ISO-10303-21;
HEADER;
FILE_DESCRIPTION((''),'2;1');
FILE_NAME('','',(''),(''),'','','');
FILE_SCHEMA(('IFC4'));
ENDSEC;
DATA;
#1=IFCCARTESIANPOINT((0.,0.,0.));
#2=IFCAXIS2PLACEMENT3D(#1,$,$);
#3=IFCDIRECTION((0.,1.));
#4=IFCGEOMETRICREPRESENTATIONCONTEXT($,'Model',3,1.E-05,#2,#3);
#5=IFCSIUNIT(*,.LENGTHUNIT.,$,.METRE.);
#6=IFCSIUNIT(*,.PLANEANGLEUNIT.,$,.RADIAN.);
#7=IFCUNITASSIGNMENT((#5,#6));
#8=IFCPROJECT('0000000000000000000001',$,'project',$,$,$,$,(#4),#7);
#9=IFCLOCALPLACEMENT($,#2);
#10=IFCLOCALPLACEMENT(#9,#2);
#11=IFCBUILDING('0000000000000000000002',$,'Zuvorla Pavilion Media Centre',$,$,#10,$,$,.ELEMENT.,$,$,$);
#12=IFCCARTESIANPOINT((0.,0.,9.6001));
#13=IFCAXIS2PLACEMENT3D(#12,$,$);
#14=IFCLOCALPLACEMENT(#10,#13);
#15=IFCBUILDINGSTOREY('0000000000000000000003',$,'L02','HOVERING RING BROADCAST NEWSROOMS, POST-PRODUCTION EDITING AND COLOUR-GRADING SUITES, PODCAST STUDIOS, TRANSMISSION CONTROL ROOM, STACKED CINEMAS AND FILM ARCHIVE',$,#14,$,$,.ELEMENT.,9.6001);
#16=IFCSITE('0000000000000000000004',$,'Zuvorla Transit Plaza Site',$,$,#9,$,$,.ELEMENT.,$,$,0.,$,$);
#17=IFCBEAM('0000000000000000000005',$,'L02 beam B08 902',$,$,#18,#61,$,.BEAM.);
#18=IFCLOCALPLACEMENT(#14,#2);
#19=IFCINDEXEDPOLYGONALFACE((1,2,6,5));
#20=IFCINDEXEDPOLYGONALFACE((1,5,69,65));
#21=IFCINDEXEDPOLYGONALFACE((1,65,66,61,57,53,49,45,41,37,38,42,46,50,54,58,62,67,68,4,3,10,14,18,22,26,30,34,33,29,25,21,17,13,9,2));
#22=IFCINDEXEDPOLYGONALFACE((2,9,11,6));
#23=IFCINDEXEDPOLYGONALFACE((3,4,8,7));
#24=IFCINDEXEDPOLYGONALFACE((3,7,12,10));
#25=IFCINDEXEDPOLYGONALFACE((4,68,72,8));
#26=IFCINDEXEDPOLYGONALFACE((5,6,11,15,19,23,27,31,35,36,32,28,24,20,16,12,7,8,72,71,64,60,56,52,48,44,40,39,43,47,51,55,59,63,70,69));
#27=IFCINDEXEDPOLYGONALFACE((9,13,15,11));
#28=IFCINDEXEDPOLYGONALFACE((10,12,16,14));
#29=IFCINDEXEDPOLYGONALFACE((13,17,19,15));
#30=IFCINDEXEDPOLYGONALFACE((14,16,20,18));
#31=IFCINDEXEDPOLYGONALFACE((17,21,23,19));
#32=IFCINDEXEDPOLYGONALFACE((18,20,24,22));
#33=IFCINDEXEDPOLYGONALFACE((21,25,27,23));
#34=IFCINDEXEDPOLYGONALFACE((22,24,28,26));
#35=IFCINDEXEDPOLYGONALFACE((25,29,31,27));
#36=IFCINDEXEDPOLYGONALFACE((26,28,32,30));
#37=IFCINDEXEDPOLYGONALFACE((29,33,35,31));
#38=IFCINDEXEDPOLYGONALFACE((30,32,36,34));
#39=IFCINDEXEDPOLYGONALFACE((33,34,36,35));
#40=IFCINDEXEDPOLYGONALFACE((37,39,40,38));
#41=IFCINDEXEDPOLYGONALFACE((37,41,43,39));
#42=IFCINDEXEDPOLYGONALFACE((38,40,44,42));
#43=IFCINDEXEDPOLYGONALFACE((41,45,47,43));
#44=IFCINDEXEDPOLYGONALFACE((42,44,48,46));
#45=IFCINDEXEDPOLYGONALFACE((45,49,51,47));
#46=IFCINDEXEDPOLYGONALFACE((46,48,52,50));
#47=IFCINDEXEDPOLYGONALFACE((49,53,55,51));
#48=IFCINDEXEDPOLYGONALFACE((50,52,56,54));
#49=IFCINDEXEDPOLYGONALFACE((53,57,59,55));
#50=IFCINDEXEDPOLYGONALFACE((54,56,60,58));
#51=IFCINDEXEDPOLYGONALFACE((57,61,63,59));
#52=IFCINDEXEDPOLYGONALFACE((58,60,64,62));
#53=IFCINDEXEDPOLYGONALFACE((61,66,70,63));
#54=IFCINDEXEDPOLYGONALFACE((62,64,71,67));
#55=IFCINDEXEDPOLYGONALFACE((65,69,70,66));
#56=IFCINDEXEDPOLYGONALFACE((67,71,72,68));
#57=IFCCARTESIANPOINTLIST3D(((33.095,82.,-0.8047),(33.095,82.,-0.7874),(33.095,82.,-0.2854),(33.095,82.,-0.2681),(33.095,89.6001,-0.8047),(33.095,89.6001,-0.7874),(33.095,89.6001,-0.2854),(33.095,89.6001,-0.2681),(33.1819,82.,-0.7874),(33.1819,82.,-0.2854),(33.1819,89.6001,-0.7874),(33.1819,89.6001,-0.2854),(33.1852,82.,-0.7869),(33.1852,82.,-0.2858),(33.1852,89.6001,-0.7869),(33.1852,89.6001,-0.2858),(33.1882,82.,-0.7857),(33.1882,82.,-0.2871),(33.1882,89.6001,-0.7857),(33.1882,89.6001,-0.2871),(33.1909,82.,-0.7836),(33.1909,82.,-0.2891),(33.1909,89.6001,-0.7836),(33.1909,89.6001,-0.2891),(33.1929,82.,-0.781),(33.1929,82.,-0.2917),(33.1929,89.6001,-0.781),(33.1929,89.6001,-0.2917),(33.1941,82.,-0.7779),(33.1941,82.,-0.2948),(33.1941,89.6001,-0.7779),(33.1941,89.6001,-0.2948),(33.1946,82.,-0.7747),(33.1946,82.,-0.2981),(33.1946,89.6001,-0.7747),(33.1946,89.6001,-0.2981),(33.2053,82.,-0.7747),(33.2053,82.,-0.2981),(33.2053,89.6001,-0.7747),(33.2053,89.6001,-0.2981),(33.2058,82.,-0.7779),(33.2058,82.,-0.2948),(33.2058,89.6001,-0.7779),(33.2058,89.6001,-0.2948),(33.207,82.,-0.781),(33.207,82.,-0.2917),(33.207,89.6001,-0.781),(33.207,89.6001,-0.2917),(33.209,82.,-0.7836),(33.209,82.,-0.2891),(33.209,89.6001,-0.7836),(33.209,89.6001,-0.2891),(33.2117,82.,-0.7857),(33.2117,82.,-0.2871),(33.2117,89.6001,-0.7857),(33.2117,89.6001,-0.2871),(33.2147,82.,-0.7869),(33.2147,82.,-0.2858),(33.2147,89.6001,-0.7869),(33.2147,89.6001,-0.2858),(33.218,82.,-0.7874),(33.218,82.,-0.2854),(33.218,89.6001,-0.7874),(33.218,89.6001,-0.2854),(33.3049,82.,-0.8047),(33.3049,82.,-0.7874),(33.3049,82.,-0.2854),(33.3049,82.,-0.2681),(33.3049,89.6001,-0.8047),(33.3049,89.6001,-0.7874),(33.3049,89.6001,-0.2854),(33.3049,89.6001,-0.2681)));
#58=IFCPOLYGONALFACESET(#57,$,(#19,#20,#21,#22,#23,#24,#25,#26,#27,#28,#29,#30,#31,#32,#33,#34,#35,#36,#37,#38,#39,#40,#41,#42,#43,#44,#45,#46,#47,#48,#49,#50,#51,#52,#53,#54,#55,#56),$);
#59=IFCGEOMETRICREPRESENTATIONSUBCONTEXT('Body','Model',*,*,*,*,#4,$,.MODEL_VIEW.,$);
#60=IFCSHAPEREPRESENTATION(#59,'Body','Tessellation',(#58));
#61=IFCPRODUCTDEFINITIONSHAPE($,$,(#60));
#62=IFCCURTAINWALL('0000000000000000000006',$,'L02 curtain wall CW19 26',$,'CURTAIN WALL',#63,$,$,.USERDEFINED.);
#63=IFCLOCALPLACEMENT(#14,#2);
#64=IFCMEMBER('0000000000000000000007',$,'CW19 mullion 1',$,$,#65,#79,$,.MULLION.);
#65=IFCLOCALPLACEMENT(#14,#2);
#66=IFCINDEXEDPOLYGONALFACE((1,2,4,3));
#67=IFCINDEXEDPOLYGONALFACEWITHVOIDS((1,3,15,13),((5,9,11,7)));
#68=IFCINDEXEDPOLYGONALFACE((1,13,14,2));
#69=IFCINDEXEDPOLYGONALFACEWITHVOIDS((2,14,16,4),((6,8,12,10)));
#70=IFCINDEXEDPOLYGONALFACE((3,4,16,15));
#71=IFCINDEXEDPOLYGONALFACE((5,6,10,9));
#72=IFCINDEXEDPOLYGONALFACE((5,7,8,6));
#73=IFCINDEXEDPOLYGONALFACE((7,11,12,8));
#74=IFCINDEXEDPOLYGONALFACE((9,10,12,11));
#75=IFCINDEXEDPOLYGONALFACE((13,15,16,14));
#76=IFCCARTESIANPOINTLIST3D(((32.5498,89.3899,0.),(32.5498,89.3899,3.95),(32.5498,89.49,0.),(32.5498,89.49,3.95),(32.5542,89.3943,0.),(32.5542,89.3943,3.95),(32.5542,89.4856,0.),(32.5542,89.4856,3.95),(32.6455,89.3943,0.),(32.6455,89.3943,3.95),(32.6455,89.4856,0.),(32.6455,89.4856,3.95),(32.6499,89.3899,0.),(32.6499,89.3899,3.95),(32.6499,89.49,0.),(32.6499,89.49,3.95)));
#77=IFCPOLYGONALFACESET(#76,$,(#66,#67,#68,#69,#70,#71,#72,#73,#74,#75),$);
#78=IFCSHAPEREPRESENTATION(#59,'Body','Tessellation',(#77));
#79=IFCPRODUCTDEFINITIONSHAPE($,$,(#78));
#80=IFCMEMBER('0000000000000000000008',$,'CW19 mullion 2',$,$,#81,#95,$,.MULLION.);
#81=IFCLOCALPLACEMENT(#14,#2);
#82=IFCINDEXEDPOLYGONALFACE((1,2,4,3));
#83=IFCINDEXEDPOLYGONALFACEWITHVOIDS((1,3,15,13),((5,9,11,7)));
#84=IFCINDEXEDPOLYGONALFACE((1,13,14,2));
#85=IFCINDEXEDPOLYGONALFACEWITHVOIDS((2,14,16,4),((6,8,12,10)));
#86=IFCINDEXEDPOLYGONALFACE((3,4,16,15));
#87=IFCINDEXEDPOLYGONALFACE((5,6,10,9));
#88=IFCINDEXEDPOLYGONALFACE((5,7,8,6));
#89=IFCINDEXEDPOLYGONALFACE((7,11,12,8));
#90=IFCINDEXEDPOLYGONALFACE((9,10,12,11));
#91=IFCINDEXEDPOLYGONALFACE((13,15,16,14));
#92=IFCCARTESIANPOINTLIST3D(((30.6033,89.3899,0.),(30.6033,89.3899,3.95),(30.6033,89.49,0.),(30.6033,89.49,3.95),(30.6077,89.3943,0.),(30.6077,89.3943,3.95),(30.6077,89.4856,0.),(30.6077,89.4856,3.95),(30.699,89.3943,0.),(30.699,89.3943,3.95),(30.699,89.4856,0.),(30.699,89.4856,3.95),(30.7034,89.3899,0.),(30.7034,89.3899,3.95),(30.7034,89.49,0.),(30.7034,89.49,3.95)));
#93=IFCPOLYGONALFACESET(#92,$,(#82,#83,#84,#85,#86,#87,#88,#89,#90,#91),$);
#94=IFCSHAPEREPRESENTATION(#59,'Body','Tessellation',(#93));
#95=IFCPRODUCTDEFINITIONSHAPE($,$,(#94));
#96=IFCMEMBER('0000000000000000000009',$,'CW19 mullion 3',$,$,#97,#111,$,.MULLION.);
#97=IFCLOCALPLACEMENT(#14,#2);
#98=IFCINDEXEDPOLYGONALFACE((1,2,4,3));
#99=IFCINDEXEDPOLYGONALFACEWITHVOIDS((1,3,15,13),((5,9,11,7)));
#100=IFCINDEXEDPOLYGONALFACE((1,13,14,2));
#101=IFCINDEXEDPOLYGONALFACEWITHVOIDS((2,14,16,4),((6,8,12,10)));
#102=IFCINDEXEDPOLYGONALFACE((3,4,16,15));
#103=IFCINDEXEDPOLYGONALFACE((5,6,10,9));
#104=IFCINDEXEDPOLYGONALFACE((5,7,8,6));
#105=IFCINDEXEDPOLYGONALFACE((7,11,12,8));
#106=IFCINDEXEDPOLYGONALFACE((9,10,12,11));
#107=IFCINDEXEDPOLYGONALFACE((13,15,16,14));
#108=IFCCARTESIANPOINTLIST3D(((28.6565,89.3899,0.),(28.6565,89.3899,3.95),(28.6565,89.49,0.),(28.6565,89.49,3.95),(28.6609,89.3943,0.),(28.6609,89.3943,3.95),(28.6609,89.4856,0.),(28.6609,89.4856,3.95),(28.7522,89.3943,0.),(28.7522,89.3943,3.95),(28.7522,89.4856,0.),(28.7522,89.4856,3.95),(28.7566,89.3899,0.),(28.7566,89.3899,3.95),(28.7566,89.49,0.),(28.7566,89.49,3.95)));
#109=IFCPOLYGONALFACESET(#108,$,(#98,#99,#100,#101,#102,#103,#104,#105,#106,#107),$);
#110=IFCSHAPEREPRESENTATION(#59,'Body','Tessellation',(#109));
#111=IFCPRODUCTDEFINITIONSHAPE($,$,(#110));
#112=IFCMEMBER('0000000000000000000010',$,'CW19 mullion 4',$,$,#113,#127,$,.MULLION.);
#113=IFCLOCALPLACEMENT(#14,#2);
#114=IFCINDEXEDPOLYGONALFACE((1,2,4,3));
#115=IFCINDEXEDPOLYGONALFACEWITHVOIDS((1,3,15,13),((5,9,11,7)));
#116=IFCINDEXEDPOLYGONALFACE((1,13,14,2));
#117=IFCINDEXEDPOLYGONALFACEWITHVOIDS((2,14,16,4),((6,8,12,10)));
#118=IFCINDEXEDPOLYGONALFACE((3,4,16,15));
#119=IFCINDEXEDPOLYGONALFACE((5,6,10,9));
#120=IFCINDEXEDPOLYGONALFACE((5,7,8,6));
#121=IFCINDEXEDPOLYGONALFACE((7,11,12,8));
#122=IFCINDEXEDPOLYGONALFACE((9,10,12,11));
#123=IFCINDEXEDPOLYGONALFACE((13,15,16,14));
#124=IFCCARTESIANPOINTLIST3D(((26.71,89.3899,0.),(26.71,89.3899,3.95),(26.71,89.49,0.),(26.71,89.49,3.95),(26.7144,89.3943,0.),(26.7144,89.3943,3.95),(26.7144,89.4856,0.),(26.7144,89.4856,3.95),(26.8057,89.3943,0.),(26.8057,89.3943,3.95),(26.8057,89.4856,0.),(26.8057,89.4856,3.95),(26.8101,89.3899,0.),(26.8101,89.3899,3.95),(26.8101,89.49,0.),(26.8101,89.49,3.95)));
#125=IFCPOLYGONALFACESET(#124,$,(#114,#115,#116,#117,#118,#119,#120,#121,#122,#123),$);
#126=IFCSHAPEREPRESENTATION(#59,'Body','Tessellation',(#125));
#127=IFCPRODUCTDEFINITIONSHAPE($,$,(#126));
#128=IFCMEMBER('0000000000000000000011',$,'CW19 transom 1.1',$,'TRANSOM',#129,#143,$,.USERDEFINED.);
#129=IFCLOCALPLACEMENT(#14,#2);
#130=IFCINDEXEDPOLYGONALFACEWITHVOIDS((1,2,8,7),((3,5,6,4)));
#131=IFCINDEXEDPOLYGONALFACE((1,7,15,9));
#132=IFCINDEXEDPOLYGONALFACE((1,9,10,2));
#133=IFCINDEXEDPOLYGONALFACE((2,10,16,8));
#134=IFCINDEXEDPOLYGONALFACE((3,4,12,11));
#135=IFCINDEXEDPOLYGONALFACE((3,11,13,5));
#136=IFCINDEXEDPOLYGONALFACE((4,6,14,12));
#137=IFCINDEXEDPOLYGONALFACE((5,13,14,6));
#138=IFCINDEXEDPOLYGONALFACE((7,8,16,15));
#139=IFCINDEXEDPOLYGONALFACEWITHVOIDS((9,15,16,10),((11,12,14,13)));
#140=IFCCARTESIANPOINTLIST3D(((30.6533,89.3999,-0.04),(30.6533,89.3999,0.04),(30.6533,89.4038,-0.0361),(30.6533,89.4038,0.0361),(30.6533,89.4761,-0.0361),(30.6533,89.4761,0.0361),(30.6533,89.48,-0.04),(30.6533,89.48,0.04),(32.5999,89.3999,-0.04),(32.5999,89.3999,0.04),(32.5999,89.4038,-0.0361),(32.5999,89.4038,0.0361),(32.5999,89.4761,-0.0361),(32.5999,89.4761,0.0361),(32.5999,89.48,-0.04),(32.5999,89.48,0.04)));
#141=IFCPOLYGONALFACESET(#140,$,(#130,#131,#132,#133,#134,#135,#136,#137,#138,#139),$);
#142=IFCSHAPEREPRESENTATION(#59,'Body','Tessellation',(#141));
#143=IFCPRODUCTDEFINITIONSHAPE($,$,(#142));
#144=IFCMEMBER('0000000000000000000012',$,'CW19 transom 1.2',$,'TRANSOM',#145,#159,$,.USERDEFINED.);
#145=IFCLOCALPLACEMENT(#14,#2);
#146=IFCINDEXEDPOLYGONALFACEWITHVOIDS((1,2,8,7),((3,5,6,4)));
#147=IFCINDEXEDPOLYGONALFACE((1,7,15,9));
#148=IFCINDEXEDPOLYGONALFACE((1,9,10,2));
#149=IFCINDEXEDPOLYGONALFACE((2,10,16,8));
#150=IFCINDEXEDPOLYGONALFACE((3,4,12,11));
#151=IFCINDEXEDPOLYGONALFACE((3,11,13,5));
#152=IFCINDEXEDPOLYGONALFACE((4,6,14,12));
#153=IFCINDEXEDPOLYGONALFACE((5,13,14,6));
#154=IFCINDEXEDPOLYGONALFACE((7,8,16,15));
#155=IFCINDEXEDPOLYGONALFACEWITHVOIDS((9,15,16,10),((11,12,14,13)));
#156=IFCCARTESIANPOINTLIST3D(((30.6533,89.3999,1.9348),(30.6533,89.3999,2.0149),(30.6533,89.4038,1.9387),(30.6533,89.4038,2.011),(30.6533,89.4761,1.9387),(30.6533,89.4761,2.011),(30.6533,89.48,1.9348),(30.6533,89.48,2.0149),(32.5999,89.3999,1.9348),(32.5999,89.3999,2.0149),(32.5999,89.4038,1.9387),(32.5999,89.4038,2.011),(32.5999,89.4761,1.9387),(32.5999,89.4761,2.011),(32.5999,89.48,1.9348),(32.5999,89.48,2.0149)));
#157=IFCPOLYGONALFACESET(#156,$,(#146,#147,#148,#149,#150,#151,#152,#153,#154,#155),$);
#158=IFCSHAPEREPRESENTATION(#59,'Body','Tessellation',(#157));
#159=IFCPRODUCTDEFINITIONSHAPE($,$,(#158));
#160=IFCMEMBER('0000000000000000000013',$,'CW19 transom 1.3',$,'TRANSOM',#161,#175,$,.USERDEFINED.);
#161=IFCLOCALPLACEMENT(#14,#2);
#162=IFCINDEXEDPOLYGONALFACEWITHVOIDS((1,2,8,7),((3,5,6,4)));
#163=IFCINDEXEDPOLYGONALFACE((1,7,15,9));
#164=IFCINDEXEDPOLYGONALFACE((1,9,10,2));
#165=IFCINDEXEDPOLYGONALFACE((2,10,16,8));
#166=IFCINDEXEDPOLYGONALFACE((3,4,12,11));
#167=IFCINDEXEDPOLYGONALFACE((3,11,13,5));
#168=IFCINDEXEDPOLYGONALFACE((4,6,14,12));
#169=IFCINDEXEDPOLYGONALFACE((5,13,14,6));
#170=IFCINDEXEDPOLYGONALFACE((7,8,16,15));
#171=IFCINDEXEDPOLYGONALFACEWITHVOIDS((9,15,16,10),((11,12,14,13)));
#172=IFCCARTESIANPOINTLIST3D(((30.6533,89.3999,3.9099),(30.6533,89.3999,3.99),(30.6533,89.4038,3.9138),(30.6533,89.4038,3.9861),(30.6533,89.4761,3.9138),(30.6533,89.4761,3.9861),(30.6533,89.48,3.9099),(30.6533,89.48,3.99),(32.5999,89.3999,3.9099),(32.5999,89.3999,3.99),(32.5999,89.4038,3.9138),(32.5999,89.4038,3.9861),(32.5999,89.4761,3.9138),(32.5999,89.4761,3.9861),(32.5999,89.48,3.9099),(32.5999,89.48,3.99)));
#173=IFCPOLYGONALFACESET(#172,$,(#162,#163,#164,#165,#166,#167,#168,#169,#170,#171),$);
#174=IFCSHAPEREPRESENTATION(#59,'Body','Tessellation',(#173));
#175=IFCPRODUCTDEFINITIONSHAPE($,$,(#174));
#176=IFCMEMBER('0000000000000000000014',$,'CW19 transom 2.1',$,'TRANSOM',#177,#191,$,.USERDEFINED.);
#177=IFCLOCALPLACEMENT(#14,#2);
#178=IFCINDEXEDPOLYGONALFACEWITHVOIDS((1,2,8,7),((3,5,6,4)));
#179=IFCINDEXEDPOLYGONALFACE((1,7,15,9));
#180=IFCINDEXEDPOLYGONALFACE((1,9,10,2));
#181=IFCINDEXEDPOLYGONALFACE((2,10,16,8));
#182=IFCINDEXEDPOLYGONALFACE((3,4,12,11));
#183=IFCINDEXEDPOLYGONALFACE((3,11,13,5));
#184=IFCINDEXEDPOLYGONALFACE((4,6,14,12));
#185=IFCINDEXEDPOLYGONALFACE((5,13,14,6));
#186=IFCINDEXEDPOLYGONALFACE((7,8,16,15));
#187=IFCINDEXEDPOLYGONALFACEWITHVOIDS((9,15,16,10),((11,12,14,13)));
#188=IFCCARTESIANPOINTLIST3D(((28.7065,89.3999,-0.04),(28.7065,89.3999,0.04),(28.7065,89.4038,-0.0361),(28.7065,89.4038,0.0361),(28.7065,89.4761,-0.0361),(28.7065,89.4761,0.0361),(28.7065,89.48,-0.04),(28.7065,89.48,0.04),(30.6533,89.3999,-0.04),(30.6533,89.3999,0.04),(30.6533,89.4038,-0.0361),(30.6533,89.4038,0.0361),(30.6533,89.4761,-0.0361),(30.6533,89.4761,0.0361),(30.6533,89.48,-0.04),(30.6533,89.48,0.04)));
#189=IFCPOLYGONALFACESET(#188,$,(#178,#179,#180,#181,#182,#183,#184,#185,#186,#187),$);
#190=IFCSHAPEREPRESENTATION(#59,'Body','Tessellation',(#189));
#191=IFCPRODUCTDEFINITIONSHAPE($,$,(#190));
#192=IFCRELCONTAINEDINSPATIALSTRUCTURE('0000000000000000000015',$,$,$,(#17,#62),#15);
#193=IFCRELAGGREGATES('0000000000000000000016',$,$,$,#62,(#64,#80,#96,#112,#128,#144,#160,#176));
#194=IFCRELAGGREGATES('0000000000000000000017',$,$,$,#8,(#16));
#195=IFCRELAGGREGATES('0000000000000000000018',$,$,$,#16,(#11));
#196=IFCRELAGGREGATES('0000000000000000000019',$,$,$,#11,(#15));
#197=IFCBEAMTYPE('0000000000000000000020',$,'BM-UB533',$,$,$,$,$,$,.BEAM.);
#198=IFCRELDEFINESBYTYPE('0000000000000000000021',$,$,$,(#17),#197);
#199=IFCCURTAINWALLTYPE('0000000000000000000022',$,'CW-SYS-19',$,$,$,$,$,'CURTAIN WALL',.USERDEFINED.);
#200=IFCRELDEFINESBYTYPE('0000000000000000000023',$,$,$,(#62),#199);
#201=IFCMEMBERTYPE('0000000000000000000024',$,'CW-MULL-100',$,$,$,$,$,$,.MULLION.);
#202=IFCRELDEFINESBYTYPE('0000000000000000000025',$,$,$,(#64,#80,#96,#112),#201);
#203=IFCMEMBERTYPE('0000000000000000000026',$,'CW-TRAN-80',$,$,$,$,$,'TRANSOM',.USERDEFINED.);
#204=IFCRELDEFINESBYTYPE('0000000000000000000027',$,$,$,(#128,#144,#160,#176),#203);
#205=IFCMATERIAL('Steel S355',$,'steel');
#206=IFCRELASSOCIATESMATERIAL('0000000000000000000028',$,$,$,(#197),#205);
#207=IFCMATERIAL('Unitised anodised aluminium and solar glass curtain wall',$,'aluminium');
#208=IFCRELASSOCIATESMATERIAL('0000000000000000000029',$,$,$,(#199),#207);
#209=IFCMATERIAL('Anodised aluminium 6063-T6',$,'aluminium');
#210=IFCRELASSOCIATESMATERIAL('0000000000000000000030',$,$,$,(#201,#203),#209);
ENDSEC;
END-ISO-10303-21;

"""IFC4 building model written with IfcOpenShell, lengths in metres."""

from ifc_helpers import new_model, si_unit, direction, frame, origin, origin_2d, place, context, subcontext, project, spatial, hollow_rectangle, i_section, extrude, material, material_profile, profile_set, type_object, element, aggregate, save


model = new_model("IFC4")

# Units and contexts
model_context = context("Model", 3, precision=1e-05, world=origin(), true_north=direction((0.0, 1.0)))
body_context = subcontext(model_context, "Body", "Model", "MODEL_VIEW")
ifc_project = project(units=[si_unit("LENGTHUNIT", "METRE"), si_unit("PLANEANGLEUNIT", "RADIAN")], contexts=[model_context])

# Site, building, storey
site_placement = place(None, origin())
site = spatial("IfcSite", under=ifc_project, at=site_placement, Name="Zuvorla Transit Plaza Site", CompositionType="ELEMENT", RefElevation=0.0)
building_placement = place(site_placement, origin())
building = spatial("IfcBuilding", under=site, at=building_placement, Name="Zuvorla Pavilion Media Centre", CompositionType="ELEMENT")
storey_placement = place(building_placement, frame((0.0, 0.0, 9.6001)))
storey = spatial("IfcBuildingStorey", under=building, at=storey_placement, Name="L02", Description="HOVERING RING BROADCAST NEWSROOMS, POST-PRODUCTION EDITING AND COLOUR-GRADING SUITES, PODCAST STUDIOS, TRANSMISSION CONTROL ROOM, STACKED CINEMAS AND FILM ARCHIVE", CompositionType="ELEMENT", Elevation=9.6001)

# Shared definitions
ifc_material_1 = material(Name="Steel S355", Category="steel")

# Beam
ifc_material_profile_1 = material_profile(ifc_material_1, i_section(OverallWidth=0.21, OverallDepth=0.5366, WebThickness=0.0107, FlangeThickness=0.0173, FilletRadius=0.0127, at=origin_2d()), Name="UB 533x210x101")
ifc_profile_set_1 = profile_set([ifc_material_profile_1], Name="Steel S355")
beam_type_1 = type_object("IfcBeamType", Name="BM-UB533", PredefinedType="BEAM", material=ifc_profile_set_1)
beam_1_placement = place(storey_placement, frame((33.2, 82.0, -0.5364), z_axis=(0.0, 1.0, 0.0), x_axis=(-1.0, 0.0, 0.0)))
element("IfcBeam", 1, at=beam_1_placement, inside=storey, type_object=beam_type_1, Name="L02 beam B08 902", PredefinedType="BEAM", context=body_context, shape_type="SweptSolid", body=[
    extrude(i_section(OverallWidth=0.21, OverallDepth=0.5366, WebThickness=0.0107, FlangeThickness=0.0173, FilletRadius=0.0127, at=origin_2d()), origin(), (0.0, 0.0, 1.0), 7.6001),
])

# Curtain wall, members
ifc_material_2 = material(Name="Unitised anodised aluminium and solar glass curtain wall", Category="aluminium")
curtain_wall_type = type_object("IfcCurtainWallType", Name="CW-SYS-19", ElementType="CURTAIN WALL", PredefinedType="USERDEFINED", material=ifc_material_2)
curtain_wall_placement = place(storey_placement, origin())
curtain_wall = element("IfcCurtainWall", 2, at=curtain_wall_placement, inside=storey, type_object=curtain_wall_type, Name="L02 curtain wall CW19 26", ObjectType="CURTAIN WALL", PredefinedType="USERDEFINED")
ifc_material_3 = material(Name="Anodised aluminium 6063-T6", Category="aluminium")
ifc_material_profile_2 = material_profile(ifc_material_3, hollow_rectangle(XDim=0.1001, YDim=0.1001, WallThickness=0.0044, at=origin_2d()), Name="ALU MULL 100x100")
ifc_profile_set_2 = profile_set([ifc_material_profile_2], Name="Anodised aluminium 6063-T6")
member_type_1 = type_object("IfcMemberType", Name="CW-MULL-100", PredefinedType="MULLION", material=ifc_profile_set_2)
member_1_placement = place(storey_placement, frame((32.5999, 89.4399, 0.0), z_axis=(0.0, 0.0, 1.0), x_axis=(1.0, 0.0, 0.0)))
member_1 = element("IfcMember", 3, at=member_1_placement, type_object=member_type_1, Name="CW19 mullion 1", PredefinedType="MULLION", context=body_context, shape_type="SweptSolid", body=[
    extrude(hollow_rectangle(XDim=0.1001, YDim=0.1001, WallThickness=0.0044, at=origin_2d()), origin(), (0.0, 0.0, 1.0), 3.95),
])
member_2_placement = place(storey_placement, frame((30.6533, 89.4399, 0.0), z_axis=(0.0, 0.0, 1.0), x_axis=(1.0, 0.0, 0.0)))
member_2 = element("IfcMember", 4, at=member_2_placement, type_object=member_type_1, Name="CW19 mullion 2", PredefinedType="MULLION", context=body_context, shape_type="SweptSolid", body=[
    extrude(hollow_rectangle(XDim=0.1001, YDim=0.1001, WallThickness=0.0044, at=origin_2d()), origin(), (0.0, 0.0, 1.0), 3.95),
])
member_3_placement = place(storey_placement, frame((28.7065, 89.4399, 0.0), z_axis=(0.0, 0.0, 1.0), x_axis=(1.0, 0.0, 0.0)))
member_3 = element("IfcMember", 5, at=member_3_placement, type_object=member_type_1, Name="CW19 mullion 3", PredefinedType="MULLION", context=body_context, shape_type="SweptSolid", body=[
    extrude(hollow_rectangle(XDim=0.1001, YDim=0.1001, WallThickness=0.0044, at=origin_2d()), origin(), (0.0, 0.0, 1.0), 3.95),
])
member_4_placement = place(storey_placement, frame((26.76, 89.4399, 0.0), z_axis=(0.0, 0.0, 1.0), x_axis=(1.0, 0.0, 0.0)))
member_4 = element("IfcMember", 6, at=member_4_placement, type_object=member_type_1, Name="CW19 mullion 4", PredefinedType="MULLION", context=body_context, shape_type="SweptSolid", body=[
    extrude(hollow_rectangle(XDim=0.1001, YDim=0.1001, WallThickness=0.0044, at=origin_2d()), origin(), (0.0, 0.0, 1.0), 3.95),
])
ifc_material_profile_3 = material_profile(ifc_material_3, hollow_rectangle(XDim=0.0801, YDim=0.0801, WallThickness=0.0039, at=origin_2d()), Name="ALU TRAN 80x80")
ifc_profile_set_3 = profile_set([ifc_material_profile_3], Name="Anodised aluminium 6063-T6")
member_type_2 = type_object("IfcMemberType", Name="CW-TRAN-80", ElementType="TRANSOM", PredefinedType="USERDEFINED", material=ifc_profile_set_3)
member_5_placement = place(storey_placement, frame((32.5999, 89.4399, 0.0), z_axis=(-1.0, 0.0, 0.0), x_axis=(0.0, -1.0, 0.0)))
member_5 = element("IfcMember", 7, at=member_5_placement, type_object=member_type_2, Name="CW19 transom 1.1", ObjectType="TRANSOM", PredefinedType="USERDEFINED", context=body_context, shape_type="SweptSolid", body=[
    extrude(hollow_rectangle(XDim=0.0801, YDim=0.0801, WallThickness=0.0039, at=origin_2d()), origin(), (0.0, 0.0, 1.0), 1.9465),
])
member_6_placement = place(storey_placement, frame((32.5999, 89.4399, 1.9749), z_axis=(-1.0, 0.0, 0.0), x_axis=(0.0, -1.0, 0.0)))
member_6 = element("IfcMember", 8, at=member_6_placement, type_object=member_type_2, Name="CW19 transom 1.2", ObjectType="TRANSOM", PredefinedType="USERDEFINED", context=body_context, shape_type="SweptSolid", body=[
    extrude(hollow_rectangle(XDim=0.0801, YDim=0.0801, WallThickness=0.0039, at=origin_2d()), origin(), (0.0, 0.0, 1.0), 1.9465),
])
member_7_placement = place(storey_placement, frame((32.5999, 89.4399, 3.95), z_axis=(-1.0, 0.0, 0.0), x_axis=(0.0, -1.0, 0.0)))
member_7 = element("IfcMember", 9, at=member_7_placement, type_object=member_type_2, Name="CW19 transom 1.3", ObjectType="TRANSOM", PredefinedType="USERDEFINED", context=body_context, shape_type="SweptSolid", body=[
    extrude(hollow_rectangle(XDim=0.0801, YDim=0.0801, WallThickness=0.0039, at=origin_2d()), origin(), (0.0, 0.0, 1.0), 1.9465),
])
member_8_placement = place(storey_placement, frame((30.6533, 89.4399, 0.0), z_axis=(-1.0, 0.0, 0.0), x_axis=(0.0, -1.0, 0.0)))
member_8 = element("IfcMember", 10, at=member_8_placement, type_object=member_type_2, Name="CW19 transom 2.1", ObjectType="TRANSOM", PredefinedType="USERDEFINED", context=body_context, shape_type="SweptSolid", body=[
    extrude(hollow_rectangle(XDim=0.0801, YDim=0.0801, WallThickness=0.0039, at=origin_2d()), origin(), (0.0, 0.0, 1.0), 1.9468),
])
aggregate(curtain_wall, [member_1, member_2, member_3, member_4, member_5, member_6, member_7, member_8])

save(model, "model.ifc")
